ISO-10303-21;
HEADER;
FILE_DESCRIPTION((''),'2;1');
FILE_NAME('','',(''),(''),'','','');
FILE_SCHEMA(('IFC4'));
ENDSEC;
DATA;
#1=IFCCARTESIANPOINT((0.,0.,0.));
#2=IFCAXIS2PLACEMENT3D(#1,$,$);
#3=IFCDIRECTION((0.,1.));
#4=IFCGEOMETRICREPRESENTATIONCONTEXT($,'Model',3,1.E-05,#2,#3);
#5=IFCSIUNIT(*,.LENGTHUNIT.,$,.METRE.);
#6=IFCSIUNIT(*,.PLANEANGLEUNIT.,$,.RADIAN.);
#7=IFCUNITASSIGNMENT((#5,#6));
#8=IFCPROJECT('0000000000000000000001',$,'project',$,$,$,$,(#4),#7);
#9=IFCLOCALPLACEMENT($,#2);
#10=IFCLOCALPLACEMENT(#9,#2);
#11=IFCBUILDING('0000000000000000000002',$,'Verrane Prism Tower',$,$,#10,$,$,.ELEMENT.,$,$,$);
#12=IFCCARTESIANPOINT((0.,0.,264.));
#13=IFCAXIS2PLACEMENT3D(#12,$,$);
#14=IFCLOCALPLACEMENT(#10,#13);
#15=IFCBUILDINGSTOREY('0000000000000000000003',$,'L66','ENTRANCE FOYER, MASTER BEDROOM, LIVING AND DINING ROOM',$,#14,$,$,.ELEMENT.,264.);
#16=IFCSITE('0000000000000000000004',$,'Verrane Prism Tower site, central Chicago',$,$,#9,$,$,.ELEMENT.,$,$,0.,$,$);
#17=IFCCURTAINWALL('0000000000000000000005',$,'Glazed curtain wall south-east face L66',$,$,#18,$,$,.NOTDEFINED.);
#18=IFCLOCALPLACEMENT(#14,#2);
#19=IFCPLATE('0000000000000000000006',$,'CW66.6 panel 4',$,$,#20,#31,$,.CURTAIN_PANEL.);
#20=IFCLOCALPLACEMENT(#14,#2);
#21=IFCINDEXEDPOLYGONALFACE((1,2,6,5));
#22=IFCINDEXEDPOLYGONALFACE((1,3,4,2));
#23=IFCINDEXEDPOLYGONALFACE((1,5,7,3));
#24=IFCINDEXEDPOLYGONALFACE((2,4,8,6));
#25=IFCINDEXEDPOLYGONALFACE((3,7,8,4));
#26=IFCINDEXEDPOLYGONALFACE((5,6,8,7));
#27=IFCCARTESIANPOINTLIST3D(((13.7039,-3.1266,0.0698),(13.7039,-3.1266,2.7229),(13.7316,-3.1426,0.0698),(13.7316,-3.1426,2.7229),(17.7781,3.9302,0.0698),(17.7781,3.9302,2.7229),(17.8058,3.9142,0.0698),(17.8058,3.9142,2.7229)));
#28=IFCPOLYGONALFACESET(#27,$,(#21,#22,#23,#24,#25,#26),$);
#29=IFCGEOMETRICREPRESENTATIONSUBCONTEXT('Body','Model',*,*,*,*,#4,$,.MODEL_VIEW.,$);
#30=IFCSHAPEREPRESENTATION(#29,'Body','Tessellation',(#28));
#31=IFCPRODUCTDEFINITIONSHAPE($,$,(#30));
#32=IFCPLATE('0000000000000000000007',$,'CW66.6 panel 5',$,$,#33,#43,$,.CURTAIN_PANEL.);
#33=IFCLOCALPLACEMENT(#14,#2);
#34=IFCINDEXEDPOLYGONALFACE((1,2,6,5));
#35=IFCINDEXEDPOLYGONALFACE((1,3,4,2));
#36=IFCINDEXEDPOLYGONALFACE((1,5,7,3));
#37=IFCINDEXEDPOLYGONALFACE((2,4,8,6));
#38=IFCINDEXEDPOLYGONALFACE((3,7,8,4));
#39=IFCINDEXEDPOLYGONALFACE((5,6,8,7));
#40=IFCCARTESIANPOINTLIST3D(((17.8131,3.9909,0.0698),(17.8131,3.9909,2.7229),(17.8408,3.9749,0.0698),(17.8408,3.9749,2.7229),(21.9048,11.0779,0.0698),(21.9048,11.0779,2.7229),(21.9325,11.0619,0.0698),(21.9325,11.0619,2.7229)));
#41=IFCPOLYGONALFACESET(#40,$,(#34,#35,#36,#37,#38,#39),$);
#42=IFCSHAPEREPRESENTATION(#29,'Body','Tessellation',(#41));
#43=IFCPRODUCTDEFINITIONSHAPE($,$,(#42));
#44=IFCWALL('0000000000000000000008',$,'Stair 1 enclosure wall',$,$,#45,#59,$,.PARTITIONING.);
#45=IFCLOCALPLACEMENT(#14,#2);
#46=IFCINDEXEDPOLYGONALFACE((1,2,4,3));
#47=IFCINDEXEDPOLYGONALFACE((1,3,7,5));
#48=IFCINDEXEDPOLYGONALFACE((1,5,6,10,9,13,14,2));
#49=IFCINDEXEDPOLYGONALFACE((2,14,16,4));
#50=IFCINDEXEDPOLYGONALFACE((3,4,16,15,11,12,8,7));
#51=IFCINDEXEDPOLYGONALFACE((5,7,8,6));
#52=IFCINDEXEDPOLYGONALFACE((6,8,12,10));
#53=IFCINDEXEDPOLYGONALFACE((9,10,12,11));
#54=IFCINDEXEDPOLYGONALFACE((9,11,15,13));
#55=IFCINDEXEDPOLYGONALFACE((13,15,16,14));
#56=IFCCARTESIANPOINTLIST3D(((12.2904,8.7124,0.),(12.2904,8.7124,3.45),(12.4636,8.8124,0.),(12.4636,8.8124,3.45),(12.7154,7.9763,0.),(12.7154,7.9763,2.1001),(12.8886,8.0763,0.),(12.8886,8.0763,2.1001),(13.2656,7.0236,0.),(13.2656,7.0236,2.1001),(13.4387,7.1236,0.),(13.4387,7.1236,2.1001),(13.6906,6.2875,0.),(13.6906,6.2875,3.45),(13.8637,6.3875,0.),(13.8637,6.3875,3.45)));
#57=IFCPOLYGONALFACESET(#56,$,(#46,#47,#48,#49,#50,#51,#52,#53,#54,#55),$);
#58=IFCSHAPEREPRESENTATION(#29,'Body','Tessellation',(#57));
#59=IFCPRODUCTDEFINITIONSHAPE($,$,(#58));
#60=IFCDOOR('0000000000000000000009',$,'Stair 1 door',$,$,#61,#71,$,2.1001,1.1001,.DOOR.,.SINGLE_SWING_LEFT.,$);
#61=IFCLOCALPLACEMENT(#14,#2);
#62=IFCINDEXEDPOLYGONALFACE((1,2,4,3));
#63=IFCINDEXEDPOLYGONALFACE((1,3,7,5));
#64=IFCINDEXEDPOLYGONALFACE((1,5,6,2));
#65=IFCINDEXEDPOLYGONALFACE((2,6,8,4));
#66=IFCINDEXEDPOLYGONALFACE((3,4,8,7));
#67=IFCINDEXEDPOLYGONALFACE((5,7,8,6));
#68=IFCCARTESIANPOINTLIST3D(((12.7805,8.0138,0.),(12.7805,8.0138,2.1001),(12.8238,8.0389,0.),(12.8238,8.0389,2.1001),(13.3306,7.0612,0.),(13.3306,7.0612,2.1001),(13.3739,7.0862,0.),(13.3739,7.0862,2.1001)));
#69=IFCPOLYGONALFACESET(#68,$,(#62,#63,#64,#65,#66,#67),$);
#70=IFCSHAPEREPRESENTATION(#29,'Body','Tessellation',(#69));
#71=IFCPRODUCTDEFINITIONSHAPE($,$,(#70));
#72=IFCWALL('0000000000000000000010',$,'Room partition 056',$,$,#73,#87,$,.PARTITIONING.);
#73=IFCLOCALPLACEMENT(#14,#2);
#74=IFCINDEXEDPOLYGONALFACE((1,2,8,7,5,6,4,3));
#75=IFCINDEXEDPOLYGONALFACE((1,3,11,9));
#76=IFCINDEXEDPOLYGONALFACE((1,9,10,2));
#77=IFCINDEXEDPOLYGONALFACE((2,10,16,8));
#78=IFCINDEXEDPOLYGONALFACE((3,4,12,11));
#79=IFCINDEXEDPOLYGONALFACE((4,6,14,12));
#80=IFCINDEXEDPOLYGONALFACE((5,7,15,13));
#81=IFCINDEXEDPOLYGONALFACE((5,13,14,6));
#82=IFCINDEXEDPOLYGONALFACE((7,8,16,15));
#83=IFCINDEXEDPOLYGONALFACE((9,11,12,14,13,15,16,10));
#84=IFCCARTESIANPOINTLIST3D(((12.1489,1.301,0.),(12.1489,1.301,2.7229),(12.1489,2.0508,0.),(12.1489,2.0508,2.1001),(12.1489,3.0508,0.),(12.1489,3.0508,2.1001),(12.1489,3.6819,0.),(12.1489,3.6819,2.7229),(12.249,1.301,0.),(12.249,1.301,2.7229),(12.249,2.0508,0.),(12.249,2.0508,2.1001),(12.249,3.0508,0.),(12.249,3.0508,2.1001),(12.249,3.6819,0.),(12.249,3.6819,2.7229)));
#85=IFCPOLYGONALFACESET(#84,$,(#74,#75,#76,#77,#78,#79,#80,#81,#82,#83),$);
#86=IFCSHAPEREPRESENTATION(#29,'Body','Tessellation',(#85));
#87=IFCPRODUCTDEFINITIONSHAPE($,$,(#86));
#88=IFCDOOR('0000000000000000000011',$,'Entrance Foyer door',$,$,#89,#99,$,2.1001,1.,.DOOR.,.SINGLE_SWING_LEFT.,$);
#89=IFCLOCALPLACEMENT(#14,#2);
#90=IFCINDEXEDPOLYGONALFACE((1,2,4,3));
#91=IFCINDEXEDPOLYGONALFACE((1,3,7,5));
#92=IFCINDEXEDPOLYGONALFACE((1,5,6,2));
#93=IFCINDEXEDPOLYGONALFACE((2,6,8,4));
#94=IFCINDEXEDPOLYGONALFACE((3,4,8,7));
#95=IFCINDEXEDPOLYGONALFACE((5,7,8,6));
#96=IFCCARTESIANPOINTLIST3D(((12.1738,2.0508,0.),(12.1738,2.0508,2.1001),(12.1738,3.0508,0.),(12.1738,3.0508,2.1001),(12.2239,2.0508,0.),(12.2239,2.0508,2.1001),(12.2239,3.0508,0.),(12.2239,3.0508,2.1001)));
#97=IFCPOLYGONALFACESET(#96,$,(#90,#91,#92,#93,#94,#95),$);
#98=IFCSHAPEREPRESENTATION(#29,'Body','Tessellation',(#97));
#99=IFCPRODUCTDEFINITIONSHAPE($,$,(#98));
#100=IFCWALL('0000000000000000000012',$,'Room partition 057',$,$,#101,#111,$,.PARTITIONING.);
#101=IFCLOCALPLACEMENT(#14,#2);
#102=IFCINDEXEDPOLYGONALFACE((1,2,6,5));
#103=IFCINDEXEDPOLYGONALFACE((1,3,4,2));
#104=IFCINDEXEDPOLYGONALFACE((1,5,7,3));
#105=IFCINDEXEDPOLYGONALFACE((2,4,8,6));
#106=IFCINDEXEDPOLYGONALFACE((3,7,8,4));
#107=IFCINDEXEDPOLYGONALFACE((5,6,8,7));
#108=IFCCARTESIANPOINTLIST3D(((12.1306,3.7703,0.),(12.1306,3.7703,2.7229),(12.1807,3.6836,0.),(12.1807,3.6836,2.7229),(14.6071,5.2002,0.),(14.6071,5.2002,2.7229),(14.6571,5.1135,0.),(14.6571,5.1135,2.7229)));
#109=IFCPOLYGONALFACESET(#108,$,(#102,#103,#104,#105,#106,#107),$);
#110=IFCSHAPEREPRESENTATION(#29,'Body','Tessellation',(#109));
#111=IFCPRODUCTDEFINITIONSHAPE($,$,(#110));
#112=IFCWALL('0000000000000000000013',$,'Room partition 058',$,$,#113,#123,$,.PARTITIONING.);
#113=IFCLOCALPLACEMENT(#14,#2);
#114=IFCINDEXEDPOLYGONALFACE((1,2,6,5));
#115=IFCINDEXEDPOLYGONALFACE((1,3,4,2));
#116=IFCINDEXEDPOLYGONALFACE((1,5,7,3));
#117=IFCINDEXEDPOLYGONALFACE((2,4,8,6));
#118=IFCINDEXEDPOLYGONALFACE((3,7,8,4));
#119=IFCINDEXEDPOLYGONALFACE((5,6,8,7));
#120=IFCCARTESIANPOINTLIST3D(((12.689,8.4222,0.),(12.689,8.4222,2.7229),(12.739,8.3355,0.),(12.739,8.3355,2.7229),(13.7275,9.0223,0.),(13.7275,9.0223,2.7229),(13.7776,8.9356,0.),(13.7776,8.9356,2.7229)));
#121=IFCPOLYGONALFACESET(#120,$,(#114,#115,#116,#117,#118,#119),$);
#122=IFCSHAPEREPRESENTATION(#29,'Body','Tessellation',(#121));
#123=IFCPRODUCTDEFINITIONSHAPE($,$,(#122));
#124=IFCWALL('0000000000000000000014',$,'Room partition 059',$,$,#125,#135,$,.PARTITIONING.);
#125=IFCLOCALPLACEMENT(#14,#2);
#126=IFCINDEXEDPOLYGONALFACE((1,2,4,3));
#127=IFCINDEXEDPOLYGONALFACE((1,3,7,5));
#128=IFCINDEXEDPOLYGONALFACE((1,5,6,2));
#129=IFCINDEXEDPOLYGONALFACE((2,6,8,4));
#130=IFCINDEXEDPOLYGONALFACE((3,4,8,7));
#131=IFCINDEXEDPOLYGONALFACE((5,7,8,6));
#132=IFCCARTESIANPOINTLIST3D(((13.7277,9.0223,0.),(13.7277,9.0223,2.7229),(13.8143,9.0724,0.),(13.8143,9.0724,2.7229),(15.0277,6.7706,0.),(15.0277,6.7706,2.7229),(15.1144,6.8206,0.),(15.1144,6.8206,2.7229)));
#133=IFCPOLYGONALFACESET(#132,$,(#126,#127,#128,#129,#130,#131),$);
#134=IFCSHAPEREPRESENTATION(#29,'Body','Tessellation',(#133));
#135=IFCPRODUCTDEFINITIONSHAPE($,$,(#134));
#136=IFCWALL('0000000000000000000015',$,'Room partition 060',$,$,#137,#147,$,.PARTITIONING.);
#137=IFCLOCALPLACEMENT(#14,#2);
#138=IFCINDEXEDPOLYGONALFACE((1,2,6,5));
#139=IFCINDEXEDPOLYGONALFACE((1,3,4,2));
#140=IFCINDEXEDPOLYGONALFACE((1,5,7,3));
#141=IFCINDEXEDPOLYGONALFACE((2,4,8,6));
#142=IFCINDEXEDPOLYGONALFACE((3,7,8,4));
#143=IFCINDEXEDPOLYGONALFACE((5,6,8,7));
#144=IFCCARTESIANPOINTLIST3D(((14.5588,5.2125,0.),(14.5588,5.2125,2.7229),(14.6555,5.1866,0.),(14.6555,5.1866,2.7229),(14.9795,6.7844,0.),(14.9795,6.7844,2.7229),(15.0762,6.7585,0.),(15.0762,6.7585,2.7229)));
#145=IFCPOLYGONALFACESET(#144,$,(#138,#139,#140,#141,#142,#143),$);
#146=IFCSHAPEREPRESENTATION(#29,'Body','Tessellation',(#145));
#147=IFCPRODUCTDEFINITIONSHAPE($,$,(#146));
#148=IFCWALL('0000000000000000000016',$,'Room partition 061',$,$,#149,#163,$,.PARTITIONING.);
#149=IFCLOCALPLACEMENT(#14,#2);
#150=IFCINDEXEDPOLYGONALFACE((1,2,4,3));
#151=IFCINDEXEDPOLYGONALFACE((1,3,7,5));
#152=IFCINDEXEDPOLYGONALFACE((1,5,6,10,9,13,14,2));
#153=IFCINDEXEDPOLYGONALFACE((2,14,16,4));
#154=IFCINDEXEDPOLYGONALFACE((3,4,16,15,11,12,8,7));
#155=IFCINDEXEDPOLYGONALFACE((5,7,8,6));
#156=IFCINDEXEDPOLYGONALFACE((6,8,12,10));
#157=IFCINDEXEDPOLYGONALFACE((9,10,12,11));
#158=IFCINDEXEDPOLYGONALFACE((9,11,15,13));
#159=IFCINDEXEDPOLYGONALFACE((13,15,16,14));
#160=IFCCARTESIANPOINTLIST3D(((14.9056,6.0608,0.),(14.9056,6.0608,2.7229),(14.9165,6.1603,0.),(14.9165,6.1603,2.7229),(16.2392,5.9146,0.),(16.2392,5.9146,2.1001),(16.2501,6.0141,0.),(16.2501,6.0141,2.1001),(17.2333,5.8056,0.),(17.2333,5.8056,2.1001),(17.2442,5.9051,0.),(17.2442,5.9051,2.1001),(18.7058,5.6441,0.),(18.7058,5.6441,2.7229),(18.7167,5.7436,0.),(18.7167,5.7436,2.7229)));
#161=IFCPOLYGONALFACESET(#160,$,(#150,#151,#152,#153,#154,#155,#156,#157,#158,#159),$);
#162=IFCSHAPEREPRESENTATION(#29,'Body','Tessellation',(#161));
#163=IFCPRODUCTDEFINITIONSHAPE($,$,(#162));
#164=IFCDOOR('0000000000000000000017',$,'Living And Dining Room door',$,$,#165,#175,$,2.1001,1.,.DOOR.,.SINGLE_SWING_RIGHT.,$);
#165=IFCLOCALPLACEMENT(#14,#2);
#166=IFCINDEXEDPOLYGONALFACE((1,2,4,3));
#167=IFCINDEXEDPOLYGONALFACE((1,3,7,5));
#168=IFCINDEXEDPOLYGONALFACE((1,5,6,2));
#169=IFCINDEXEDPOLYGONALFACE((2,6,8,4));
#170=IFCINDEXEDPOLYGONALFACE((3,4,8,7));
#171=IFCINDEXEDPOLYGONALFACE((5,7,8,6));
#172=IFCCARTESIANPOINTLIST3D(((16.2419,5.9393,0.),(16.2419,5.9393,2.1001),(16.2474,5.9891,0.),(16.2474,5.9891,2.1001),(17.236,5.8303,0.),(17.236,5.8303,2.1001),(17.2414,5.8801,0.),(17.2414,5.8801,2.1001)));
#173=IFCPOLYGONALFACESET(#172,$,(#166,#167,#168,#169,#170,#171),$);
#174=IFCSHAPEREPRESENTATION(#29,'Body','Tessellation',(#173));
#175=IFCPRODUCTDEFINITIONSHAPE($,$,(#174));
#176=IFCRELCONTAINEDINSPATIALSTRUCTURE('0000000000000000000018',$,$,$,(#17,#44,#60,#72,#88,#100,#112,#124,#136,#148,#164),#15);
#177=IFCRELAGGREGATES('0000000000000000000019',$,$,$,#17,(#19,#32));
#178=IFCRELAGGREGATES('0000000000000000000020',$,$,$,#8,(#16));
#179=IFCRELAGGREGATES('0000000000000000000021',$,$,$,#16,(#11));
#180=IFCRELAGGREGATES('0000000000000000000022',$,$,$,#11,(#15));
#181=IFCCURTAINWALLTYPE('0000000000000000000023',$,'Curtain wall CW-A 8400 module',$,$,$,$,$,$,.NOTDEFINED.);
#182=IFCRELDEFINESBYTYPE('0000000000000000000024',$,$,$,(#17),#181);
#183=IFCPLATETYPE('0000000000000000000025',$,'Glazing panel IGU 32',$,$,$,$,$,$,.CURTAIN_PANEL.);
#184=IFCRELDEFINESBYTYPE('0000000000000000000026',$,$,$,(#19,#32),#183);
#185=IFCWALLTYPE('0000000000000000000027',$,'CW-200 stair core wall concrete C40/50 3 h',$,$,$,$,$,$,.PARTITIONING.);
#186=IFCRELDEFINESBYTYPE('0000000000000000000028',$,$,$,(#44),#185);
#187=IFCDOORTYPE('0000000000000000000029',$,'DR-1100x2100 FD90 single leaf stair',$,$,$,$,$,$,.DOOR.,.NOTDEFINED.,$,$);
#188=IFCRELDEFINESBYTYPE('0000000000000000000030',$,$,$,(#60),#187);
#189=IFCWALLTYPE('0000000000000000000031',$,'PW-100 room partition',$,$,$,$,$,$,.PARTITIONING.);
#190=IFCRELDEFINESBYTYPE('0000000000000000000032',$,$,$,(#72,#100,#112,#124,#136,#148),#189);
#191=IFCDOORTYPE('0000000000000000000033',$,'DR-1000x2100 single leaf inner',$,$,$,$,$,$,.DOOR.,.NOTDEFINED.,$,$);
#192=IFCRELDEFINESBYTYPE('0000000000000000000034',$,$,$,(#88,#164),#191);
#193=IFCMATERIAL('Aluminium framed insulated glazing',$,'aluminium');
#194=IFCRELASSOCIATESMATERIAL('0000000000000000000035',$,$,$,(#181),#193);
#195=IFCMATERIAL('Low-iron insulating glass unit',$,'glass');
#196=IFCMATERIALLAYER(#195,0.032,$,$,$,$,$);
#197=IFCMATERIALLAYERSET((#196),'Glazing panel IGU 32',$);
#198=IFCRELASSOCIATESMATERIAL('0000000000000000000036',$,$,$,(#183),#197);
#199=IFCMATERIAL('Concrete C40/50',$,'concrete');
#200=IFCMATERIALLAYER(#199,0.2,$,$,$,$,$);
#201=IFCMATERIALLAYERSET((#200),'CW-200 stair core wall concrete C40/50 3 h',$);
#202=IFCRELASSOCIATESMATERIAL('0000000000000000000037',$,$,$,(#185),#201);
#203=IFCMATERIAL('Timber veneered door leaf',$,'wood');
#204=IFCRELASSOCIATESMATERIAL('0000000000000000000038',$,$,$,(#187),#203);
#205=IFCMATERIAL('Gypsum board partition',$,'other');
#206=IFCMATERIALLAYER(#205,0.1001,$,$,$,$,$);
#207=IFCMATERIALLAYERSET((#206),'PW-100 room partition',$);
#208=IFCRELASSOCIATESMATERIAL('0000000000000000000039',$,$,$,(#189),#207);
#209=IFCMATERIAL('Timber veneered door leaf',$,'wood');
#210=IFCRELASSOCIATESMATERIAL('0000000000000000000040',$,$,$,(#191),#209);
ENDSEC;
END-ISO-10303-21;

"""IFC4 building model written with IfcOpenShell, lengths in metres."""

from ifc_helpers import new_model, si_unit, direction, frame, frame_2d, origin, origin_2d, place, context, subcontext, project, spatial, rectangle, extrude, material, layer, layer_set, type_object, element, fill, aggregate, save


model = new_model("IFC4")

# Units and contexts
model_context = context("Model", 3, precision=1e-05, world=origin(), true_north=direction((0.0, 1.0)))
body_context = subcontext(model_context, "Body", "Model", "MODEL_VIEW")
ifc_project = project(units=[si_unit("LENGTHUNIT", "METRE"), si_unit("PLANEANGLEUNIT", "RADIAN")], contexts=[model_context])

# Site, building, storey
site_placement = place(None, origin())
site = spatial("IfcSite", under=ifc_project, at=site_placement, Name="Verrane Prism Tower site, central Chicago", CompositionType="ELEMENT", RefElevation=0.0)
building_placement = place(site_placement, origin())
building = spatial("IfcBuilding", under=site, at=building_placement, Name="Verrane Prism Tower", CompositionType="ELEMENT")
storey_placement = place(building_placement, frame((0.0, 0.0, 264.0)))
storey = spatial("IfcBuildingStorey", under=building, at=storey_placement, Name="L66", Description="ENTRANCE FOYER, MASTER BEDROOM, LIVING AND DINING ROOM", CompositionType="ELEMENT", Elevation=264.0)

# Curtain wall
ifc_material_1 = material(Name="Aluminium framed insulated glazing", Category="aluminium")
curtain_wall_type = type_object("IfcCurtainWallType", Name="Curtain wall CW-A 8400 module", PredefinedType="NOTDEFINED", material=ifc_material_1)
curtain_wall_placement = place(storey_placement, origin())
curtain_wall = element("IfcCurtainWall", 1, at=curtain_wall_placement, inside=storey, type_object=curtain_wall_type, Name="Glazed curtain wall south-east face L66", PredefinedType="NOTDEFINED")

# Plates
ifc_material_2 = material(Name="Low-iron insulating glass unit", Category="glass")
ifc_layer_1 = layer(ifc_material_2, 0.032)
ifc_layer_set_1 = layer_set([ifc_layer_1], Name="Glazing panel IGU 32")
plate_type = type_object("IfcPlateType", Name="Glazing panel IGU 32", PredefinedType="CURTAIN_PANEL", material=ifc_layer_set_1)
plate_1_placement = place(storey_placement, frame((15.7549, 0.3938, 0.0698), z_axis=(0.0, 0.0, 1.0), x_axis=(0.500001, 0.866025, 0.0)))
plate_1 = element("IfcPlate", 2, at=plate_1_placement, type_object=plate_type, Name="CW66.6 panel 4", PredefinedType="CURTAIN_PANEL", context=body_context, shape_type="SweptSolid", body=[
    extrude(rectangle(XDim=8.1484, YDim=0.032, at=origin_2d()), origin(), (0.0, 0.0, 1.0), 2.6531),
])
plate_2_placement = place(storey_placement, frame((19.8728, 7.5264, 0.0698), z_axis=(0.0, 0.0, 1.0), x_axis=(0.500001, 0.866025, 0.0)))
plate_2 = element("IfcPlate", 3, at=plate_2_placement, type_object=plate_type, Name="CW66.6 panel 5", PredefinedType="CURTAIN_PANEL", context=body_context, shape_type="SweptSolid", body=[
    extrude(rectangle(XDim=8.1833, YDim=0.032, at=origin_2d()), origin(), (0.0, 0.0, 1.0), 2.6531),
])
aggregate(curtain_wall, [plate_1, plate_2])

# Walls, openings, doors
ifc_material_3 = material(Name="Concrete C40/50", Category="concrete")
ifc_layer_2 = layer(ifc_material_3, 0.2)
ifc_layer_set_2 = layer_set([ifc_layer_2], Name="CW-200 stair core wall concrete C40/50 3 h")
wall_type_1 = type_object("IfcWallType", Name="CW-200 stair core wall concrete C40/50 3 h", PredefinedType="PARTITIONING", material=ifc_layer_set_2)
wall_1_placement = place(storey_placement, frame((13.7771, 6.3376, 0.0), z_axis=(0.0, 0.0, 1.0), x_axis=(-0.50005, 0.865997, 0.0)))
wall_1 = element("IfcWall", 4, at=wall_1_placement, inside=storey, type_object=wall_type_1, Name="Stair 1 enclosure wall", PredefinedType="PARTITIONING", context=body_context, shape_type="SweptSolid", body=[
    extrude(rectangle(XDim=2.8, YDim=0.2, at=frame_2d((1.3999, 0.0))), origin(), (0.0, 0.0, 1.0), 3.45),
])
opening_1_placement = place(wall_1_placement, frame((0.8499, 0.0, 0.0)))
opening_1 = element("IfcOpeningElement", 5, at=opening_1_placement, cuts=wall_1, PredefinedType="OPENING", context=body_context, shape_type="SweptSolid", body=[
    extrude(rectangle(XDim=1.1001, YDim=2.1001, at=frame_2d((0.55, 1.05))), frame((0.0, 0.1099, 0.0), z_axis=(0.0, -1.0, 0.0), x_axis=(1.0, 0.0, 0.0)), (0.0, 0.0, 1.0), 0.22),
])
ifc_material_4 = material(Name="Timber veneered door leaf", Category="wood")
door_type_1 = type_object("IfcDoorType", Name="DR-1100x2100 FD90 single leaf stair", OperationType="NOTDEFINED", PredefinedType="DOOR", material=ifc_material_4)
door_1_placement = place(opening_1_placement, origin())
door_1 = element("IfcDoor", 6, at=door_1_placement, inside=storey, type_object=door_type_1, Name="Stair 1 door", OperationType="SINGLE_SWING_LEFT", OverallHeight=2.1001, OverallWidth=1.1001, PredefinedType="DOOR", context=body_context, shape_type="SweptSolid", body=[
    extrude(rectangle(XDim=1.1001, YDim=2.1001, at=frame_2d((0.55, 1.05))), frame((0.0, 0.0249, 0.0), z_axis=(0.0, -1.0, 0.0), x_axis=(1.0, 0.0, 0.0)), (0.0, 0.0, 1.0), 0.05),
])
fill(opening_1, door_1)
ifc_material_5 = material(Name="Gypsum board partition", Category="other")
ifc_layer_3 = layer(ifc_material_5, 0.1001)
ifc_layer_set_3 = layer_set([ifc_layer_3], Name="PW-100 room partition")
wall_type_2 = type_object("IfcWallType", Name="PW-100 room partition", PredefinedType="PARTITIONING", material=ifc_layer_set_3)
wall_2_placement = place(storey_placement, frame((12.199, 3.6819, 0.0), z_axis=(0.0, 0.0, 1.0), x_axis=(0.0, -1.0, 0.0)))
wall_2 = element("IfcWall", 7, at=wall_2_placement, inside=storey, type_object=wall_type_2, Name="Room partition 056", PredefinedType="PARTITIONING", context=body_context, shape_type="SweptSolid", body=[
    extrude(rectangle(XDim=2.3809, YDim=0.1001, at=frame_2d((1.1904, 0.0))), origin(), (0.0, 0.0, 1.0), 2.7229),
])
opening_2_placement = place(wall_2_placement, frame((0.6311, 0.0, 0.0)))
opening_2 = element("IfcOpeningElement", 8, at=opening_2_placement, cuts=wall_2, PredefinedType="OPENING", context=body_context, shape_type="SweptSolid", body=[
    extrude(rectangle(XDim=1.0, YDim=2.1001, at=frame_2d((0.5, 1.05))), frame((0.0, 0.0601, 0.0), z_axis=(0.0, -1.0, 0.0), x_axis=(1.0, 0.0, 0.0)), (0.0, 0.0, 1.0), 0.1201),
])
ifc_material_6 = material(Name="Timber veneered door leaf", Category="wood")
door_type_2 = type_object("IfcDoorType", Name="DR-1000x2100 single leaf inner", OperationType="NOTDEFINED", PredefinedType="DOOR", material=ifc_material_6)
door_2_placement = place(opening_2_placement, origin())
door_2 = element("IfcDoor", 9, at=door_2_placement, inside=storey, type_object=door_type_2, Name="Entrance Foyer door", OperationType="SINGLE_SWING_LEFT", OverallHeight=2.1001, OverallWidth=1.0, PredefinedType="DOOR", context=body_context, shape_type="SweptSolid", body=[
    extrude(rectangle(XDim=1.0, YDim=2.1001, at=frame_2d((0.5, 1.05))), frame((0.0, 0.0249, 0.0), z_axis=(0.0, -1.0, 0.0), x_axis=(1.0, 0.0, 0.0)), (0.0, 0.0, 1.0), 0.05),
])
fill(opening_2, door_2)

# Walls
wall_3_placement = place(storey_placement, frame((12.1558, 3.7271, 0.0), z_axis=(0.0, 0.0, 1.0), x_axis=(0.866012, 0.500023, 0.0)))
element("IfcWall", 10, at=wall_3_placement, inside=storey, type_object=wall_type_2, Name="Room partition 057", PredefinedType="PARTITIONING", context=body_context, shape_type="SweptSolid", body=[
    extrude(rectangle(XDim=2.8596, YDim=0.1001, at=frame_2d((1.4297, 0.0))), origin(), (0.0, 0.0, 1.0), 2.7229),
])
wall_4_placement = place(storey_placement, frame((12.7141, 8.3789, 0.0), z_axis=(0.0, 0.0, 1.0), x_axis=(0.865853, 0.500298, 0.0)))
element("IfcWall", 11, at=wall_4_placement, inside=storey, type_object=wall_type_2, Name="Room partition 058", PredefinedType="PARTITIONING", context=body_context, shape_type="SweptSolid", body=[
    extrude(rectangle(XDim=1.1995, YDim=0.1001, at=frame_2d((0.5996, 0.0))), origin(), (0.0, 0.0, 1.0), 2.7229),
])
wall_5_placement = place(storey_placement, frame((13.771, 9.0474, 0.0), z_axis=(0.0, 0.0, 1.0), x_axis=(0.500007, -0.866021, 0.0)))
element("IfcWall", 12, at=wall_5_placement, inside=storey, type_object=wall_type_2, Name="Room partition 059", PredefinedType="PARTITIONING", context=body_context, shape_type="SweptSolid", body=[
    extrude(rectangle(XDim=2.6001, YDim=0.1001, at=frame_2d((1.3, 0.0))), origin(), (0.0, 0.0, 1.0), 2.7229),
])
wall_6_placement = place(storey_placement, frame((14.6072, 5.1997, 0.0), z_axis=(0.0, 0.0, 1.0), x_axis=(0.258531, 0.966003, 0.0)))
element("IfcWall", 13, at=wall_6_placement, inside=storey, type_object=wall_type_2, Name="Room partition 060", PredefinedType="PARTITIONING", context=body_context, shape_type="SweptSolid", body=[
    extrude(rectangle(XDim=1.6272, YDim=0.1001, at=frame_2d((0.8135, 0.0))), origin(), (0.0, 0.0, 1.0), 2.7229),
])

# Wall, opening, door
wall_7_placement = place(storey_placement, frame((14.9109, 6.1106, 0.0), z_axis=(0.0, 0.0, 1.0), x_axis=(0.994041, -0.109009, 0.0)))
wall_7 = element("IfcWall", 14, at=wall_7_placement, inside=storey, type_object=wall_type_2, Name="Room partition 061", PredefinedType="PARTITIONING", context=body_context, shape_type="SweptSolid", body=[
    extrude(rectangle(XDim=3.823, YDim=0.1001, at=frame_2d((1.9116, 0.0))), origin(), (0.0, 0.0, 1.0), 2.7229),
])
opening_3_placement = place(wall_7_placement, frame((1.3418, 0.0, 0.0)))
opening_3 = element("IfcOpeningElement", 15, at=opening_3_placement, cuts=wall_7, PredefinedType="OPENING", context=body_context, shape_type="SweptSolid", body=[
    extrude(rectangle(XDim=1.0, YDim=2.1001, at=frame_2d((0.5, 1.05))), frame((0.0, 0.0601, 0.0), z_axis=(0.0, -1.0, 0.0), x_axis=(1.0, 0.0, 0.0)), (0.0, 0.0, 1.0), 0.1201),
])
door_3_placement = place(opening_3_placement, origin())
door_3 = element("IfcDoor", 16, at=door_3_placement, inside=storey, type_object=door_type_2, Name="Living And Dining Room door", OperationType="SINGLE_SWING_RIGHT", OverallHeight=2.1001, OverallWidth=1.0, PredefinedType="DOOR", context=body_context, shape_type="SweptSolid", body=[
    extrude(rectangle(XDim=1.0, YDim=2.1001, at=frame_2d((0.5, 1.05))), frame((0.0, 0.0249, 0.0), z_axis=(0.0, -1.0, 0.0), x_axis=(1.0, 0.0, 0.0)), (0.0, 0.0, 1.0), 0.05),
])
fill(opening_3, door_3)

save(model, "model.ifc")
